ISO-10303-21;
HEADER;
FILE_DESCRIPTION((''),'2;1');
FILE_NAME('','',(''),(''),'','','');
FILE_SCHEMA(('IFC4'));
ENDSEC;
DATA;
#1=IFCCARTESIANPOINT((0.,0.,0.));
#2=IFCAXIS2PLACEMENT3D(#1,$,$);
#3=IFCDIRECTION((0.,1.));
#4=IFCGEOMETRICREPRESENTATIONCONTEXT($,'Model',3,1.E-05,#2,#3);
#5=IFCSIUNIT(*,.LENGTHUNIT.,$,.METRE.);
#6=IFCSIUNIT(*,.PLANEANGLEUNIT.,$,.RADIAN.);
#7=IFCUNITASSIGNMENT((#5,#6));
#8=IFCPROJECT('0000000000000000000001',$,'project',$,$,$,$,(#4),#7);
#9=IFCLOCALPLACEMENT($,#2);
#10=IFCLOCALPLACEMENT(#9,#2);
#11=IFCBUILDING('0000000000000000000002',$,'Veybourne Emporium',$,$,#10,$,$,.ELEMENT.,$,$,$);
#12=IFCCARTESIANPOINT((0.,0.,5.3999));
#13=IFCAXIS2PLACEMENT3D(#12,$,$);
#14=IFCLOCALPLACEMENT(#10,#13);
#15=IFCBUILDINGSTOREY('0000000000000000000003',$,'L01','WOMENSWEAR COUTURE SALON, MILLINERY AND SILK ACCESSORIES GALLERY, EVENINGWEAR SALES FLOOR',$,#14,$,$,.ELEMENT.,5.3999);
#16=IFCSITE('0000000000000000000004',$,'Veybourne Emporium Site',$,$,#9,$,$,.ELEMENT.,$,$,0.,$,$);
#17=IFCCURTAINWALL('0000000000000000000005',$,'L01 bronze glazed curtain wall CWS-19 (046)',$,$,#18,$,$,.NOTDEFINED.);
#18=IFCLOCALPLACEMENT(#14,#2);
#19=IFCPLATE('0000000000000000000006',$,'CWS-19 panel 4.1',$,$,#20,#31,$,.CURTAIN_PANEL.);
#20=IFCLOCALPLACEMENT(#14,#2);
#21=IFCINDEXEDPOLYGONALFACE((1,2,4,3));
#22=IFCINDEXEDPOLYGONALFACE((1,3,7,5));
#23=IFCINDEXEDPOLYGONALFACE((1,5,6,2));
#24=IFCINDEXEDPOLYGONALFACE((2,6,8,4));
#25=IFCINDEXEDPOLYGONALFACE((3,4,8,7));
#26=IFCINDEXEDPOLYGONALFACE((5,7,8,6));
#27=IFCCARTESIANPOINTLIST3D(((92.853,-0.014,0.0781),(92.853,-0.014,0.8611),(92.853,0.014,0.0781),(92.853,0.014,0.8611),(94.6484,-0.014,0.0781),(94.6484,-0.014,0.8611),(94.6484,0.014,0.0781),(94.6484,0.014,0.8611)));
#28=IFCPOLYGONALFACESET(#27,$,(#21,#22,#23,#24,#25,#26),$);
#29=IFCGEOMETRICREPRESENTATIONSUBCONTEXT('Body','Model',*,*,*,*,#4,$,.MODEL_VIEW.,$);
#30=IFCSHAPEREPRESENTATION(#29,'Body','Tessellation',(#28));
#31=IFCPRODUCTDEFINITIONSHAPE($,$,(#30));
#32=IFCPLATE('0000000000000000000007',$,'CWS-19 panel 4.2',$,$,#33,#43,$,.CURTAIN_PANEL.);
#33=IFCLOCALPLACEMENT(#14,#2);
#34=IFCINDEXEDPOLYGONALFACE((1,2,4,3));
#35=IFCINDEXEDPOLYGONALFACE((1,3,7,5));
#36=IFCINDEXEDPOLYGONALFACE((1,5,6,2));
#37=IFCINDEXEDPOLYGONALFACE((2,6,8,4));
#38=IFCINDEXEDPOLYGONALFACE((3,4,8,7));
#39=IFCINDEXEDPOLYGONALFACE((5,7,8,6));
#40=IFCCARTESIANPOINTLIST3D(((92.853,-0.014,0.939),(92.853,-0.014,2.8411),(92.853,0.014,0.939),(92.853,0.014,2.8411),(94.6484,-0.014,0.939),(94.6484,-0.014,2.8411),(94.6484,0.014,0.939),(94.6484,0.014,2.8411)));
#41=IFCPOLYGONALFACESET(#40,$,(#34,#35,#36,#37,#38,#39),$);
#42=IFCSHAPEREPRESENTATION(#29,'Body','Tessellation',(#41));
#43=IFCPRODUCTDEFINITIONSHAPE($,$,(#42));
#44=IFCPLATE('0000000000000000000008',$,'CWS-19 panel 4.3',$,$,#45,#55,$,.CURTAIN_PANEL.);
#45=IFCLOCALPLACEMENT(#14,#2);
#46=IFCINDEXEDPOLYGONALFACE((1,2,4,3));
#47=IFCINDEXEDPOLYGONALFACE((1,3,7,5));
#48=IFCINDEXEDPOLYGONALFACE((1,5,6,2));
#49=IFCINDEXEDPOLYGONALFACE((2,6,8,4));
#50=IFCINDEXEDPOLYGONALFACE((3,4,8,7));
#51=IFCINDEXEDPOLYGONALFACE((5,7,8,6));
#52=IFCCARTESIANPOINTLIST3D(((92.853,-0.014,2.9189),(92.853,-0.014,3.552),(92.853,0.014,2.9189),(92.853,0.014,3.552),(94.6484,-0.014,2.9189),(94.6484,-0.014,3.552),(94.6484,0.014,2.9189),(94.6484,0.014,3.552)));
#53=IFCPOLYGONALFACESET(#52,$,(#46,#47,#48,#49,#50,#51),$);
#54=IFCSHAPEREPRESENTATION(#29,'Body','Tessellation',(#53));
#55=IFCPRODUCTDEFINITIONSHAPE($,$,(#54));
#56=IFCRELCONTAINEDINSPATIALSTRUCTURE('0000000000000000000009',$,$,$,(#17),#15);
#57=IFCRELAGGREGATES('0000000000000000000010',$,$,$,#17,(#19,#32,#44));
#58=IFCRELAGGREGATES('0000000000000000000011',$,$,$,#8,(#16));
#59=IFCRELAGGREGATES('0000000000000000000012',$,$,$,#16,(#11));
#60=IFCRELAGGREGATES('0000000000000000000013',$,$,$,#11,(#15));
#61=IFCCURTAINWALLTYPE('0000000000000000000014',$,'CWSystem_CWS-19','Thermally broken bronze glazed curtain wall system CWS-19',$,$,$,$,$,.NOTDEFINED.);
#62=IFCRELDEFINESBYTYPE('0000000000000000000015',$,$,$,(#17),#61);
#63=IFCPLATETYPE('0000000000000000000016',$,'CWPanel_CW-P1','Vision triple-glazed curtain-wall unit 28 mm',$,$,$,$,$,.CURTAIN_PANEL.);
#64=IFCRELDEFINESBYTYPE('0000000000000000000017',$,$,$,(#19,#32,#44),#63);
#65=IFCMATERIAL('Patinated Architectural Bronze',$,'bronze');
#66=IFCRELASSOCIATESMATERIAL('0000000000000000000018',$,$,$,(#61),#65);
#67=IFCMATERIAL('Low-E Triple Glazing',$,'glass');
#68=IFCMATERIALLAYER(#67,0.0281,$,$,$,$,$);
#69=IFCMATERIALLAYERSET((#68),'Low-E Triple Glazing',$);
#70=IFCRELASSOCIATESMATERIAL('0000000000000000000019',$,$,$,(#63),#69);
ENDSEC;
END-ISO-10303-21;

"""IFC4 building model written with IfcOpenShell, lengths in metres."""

from ifc_helpers import new_model, si_unit, direction, frame, origin, origin_2d, place, context, subcontext, project, spatial, rectangle, extrude, material, layer, layer_set, type_object, element, aggregate, save


model = new_model("IFC4")

# Units and contexts
model_context = context("Model", 3, precision=1e-05, world=origin(), true_north=direction((0.0, 1.0)))
body_context = subcontext(model_context, "Body", "Model", "MODEL_VIEW")
ifc_project = project(units=[si_unit("LENGTHUNIT", "METRE"), si_unit("PLANEANGLEUNIT", "RADIAN")], contexts=[model_context])

# Site, building, storey
site_placement = place(None, origin())
site = spatial("IfcSite", under=ifc_project, at=site_placement, Name="Veybourne Emporium Site", CompositionType="ELEMENT", RefElevation=0.0)
building_placement = place(site_placement, origin())
building = spatial("IfcBuilding", under=site, at=building_placement, Name="Veybourne Emporium", CompositionType="ELEMENT")
storey_placement = place(building_placement, frame((0.0, 0.0, 5.3999)))
storey = spatial("IfcBuildingStorey", under=building, at=storey_placement, Name="L01", Description="WOMENSWEAR COUTURE SALON, MILLINERY AND SILK ACCESSORIES GALLERY, EVENINGWEAR SALES FLOOR", CompositionType="ELEMENT", Elevation=5.3999)

# Shared definitions
ifc_material_1 = material(Name="Patinated Architectural Bronze", Category="bronze")

# Curtain wall
curtain_wall_type_1 = type_object("IfcCurtainWallType", Name="CWSystem_CWS-19", Description="Thermally broken bronze glazed curtain wall system CWS-19", PredefinedType="NOTDEFINED", material=ifc_material_1)
curtain_wall_1_placement = place(storey_placement, origin())
curtain_wall_1 = element("IfcCurtainWall", 1, at=curtain_wall_1_placement, inside=storey, type_object=curtain_wall_type_1, Name="L01 bronze glazed curtain wall CWS-19 (046)", PredefinedType="NOTDEFINED")

# Plates
ifc_material_2 = material(Name="Low-E Triple Glazing", Category="glass")
ifc_layer = layer(ifc_material_2, 0.0281)
ifc_layer_set = layer_set([ifc_layer], Name="Low-E Triple Glazing")
plate_type = type_object("IfcPlateType", Name="CWPanel_CW-P1", Description="Vision triple-glazed curtain-wall unit 28 mm", PredefinedType="CURTAIN_PANEL", material=ifc_layer_set)
plate_1_placement = place(storey_placement, frame((93.7507, 0.0, 0.0781), z_axis=(0.0, 0.0, 1.0), x_axis=(-1.0, 0.0, 0.0)))
plate_1 = element("IfcPlate", 2, at=plate_1_placement, type_object=plate_type, Name="CWS-19 panel 4.1", PredefinedType="CURTAIN_PANEL", context=body_context, shape_type="SweptSolid", body=[
    extrude(rectangle(XDim=1.7954, YDim=0.0281, at=origin_2d()), origin(), (0.0, 0.0, 1.0), 0.783),
])
plate_2_placement = place(storey_placement, frame((93.7507, 0.0, 0.939), z_axis=(0.0, 0.0, 1.0), x_axis=(-1.0, 0.0, 0.0)))
plate_2 = element("IfcPlate", 3, at=plate_2_placement, type_object=plate_type, Name="CWS-19 panel 4.2", PredefinedType="CURTAIN_PANEL", context=body_context, shape_type="SweptSolid", body=[
    extrude(rectangle(XDim=1.7954, YDim=0.0281, at=origin_2d()), origin(), (0.0, 0.0, 1.0), 1.9021),
])
plate_3_placement = place(storey_placement, frame((93.7507, 0.0, 2.9189), z_axis=(0.0, 0.0, 1.0), x_axis=(-1.0, 0.0, 0.0)))
plate_3 = element("IfcPlate", 4, at=plate_3_placement, type_object=plate_type, Name="CWS-19 panel 4.3", PredefinedType="CURTAIN_PANEL", context=body_context, shape_type="SweptSolid", body=[
    extrude(rectangle(XDim=1.7954, YDim=0.0281, at=origin_2d()), origin(), (0.0, 0.0, 1.0), 0.6331),
])
aggregate(curtain_wall_1, [plate_1, plate_2, plate_3])

save(model, "model.ifc")
